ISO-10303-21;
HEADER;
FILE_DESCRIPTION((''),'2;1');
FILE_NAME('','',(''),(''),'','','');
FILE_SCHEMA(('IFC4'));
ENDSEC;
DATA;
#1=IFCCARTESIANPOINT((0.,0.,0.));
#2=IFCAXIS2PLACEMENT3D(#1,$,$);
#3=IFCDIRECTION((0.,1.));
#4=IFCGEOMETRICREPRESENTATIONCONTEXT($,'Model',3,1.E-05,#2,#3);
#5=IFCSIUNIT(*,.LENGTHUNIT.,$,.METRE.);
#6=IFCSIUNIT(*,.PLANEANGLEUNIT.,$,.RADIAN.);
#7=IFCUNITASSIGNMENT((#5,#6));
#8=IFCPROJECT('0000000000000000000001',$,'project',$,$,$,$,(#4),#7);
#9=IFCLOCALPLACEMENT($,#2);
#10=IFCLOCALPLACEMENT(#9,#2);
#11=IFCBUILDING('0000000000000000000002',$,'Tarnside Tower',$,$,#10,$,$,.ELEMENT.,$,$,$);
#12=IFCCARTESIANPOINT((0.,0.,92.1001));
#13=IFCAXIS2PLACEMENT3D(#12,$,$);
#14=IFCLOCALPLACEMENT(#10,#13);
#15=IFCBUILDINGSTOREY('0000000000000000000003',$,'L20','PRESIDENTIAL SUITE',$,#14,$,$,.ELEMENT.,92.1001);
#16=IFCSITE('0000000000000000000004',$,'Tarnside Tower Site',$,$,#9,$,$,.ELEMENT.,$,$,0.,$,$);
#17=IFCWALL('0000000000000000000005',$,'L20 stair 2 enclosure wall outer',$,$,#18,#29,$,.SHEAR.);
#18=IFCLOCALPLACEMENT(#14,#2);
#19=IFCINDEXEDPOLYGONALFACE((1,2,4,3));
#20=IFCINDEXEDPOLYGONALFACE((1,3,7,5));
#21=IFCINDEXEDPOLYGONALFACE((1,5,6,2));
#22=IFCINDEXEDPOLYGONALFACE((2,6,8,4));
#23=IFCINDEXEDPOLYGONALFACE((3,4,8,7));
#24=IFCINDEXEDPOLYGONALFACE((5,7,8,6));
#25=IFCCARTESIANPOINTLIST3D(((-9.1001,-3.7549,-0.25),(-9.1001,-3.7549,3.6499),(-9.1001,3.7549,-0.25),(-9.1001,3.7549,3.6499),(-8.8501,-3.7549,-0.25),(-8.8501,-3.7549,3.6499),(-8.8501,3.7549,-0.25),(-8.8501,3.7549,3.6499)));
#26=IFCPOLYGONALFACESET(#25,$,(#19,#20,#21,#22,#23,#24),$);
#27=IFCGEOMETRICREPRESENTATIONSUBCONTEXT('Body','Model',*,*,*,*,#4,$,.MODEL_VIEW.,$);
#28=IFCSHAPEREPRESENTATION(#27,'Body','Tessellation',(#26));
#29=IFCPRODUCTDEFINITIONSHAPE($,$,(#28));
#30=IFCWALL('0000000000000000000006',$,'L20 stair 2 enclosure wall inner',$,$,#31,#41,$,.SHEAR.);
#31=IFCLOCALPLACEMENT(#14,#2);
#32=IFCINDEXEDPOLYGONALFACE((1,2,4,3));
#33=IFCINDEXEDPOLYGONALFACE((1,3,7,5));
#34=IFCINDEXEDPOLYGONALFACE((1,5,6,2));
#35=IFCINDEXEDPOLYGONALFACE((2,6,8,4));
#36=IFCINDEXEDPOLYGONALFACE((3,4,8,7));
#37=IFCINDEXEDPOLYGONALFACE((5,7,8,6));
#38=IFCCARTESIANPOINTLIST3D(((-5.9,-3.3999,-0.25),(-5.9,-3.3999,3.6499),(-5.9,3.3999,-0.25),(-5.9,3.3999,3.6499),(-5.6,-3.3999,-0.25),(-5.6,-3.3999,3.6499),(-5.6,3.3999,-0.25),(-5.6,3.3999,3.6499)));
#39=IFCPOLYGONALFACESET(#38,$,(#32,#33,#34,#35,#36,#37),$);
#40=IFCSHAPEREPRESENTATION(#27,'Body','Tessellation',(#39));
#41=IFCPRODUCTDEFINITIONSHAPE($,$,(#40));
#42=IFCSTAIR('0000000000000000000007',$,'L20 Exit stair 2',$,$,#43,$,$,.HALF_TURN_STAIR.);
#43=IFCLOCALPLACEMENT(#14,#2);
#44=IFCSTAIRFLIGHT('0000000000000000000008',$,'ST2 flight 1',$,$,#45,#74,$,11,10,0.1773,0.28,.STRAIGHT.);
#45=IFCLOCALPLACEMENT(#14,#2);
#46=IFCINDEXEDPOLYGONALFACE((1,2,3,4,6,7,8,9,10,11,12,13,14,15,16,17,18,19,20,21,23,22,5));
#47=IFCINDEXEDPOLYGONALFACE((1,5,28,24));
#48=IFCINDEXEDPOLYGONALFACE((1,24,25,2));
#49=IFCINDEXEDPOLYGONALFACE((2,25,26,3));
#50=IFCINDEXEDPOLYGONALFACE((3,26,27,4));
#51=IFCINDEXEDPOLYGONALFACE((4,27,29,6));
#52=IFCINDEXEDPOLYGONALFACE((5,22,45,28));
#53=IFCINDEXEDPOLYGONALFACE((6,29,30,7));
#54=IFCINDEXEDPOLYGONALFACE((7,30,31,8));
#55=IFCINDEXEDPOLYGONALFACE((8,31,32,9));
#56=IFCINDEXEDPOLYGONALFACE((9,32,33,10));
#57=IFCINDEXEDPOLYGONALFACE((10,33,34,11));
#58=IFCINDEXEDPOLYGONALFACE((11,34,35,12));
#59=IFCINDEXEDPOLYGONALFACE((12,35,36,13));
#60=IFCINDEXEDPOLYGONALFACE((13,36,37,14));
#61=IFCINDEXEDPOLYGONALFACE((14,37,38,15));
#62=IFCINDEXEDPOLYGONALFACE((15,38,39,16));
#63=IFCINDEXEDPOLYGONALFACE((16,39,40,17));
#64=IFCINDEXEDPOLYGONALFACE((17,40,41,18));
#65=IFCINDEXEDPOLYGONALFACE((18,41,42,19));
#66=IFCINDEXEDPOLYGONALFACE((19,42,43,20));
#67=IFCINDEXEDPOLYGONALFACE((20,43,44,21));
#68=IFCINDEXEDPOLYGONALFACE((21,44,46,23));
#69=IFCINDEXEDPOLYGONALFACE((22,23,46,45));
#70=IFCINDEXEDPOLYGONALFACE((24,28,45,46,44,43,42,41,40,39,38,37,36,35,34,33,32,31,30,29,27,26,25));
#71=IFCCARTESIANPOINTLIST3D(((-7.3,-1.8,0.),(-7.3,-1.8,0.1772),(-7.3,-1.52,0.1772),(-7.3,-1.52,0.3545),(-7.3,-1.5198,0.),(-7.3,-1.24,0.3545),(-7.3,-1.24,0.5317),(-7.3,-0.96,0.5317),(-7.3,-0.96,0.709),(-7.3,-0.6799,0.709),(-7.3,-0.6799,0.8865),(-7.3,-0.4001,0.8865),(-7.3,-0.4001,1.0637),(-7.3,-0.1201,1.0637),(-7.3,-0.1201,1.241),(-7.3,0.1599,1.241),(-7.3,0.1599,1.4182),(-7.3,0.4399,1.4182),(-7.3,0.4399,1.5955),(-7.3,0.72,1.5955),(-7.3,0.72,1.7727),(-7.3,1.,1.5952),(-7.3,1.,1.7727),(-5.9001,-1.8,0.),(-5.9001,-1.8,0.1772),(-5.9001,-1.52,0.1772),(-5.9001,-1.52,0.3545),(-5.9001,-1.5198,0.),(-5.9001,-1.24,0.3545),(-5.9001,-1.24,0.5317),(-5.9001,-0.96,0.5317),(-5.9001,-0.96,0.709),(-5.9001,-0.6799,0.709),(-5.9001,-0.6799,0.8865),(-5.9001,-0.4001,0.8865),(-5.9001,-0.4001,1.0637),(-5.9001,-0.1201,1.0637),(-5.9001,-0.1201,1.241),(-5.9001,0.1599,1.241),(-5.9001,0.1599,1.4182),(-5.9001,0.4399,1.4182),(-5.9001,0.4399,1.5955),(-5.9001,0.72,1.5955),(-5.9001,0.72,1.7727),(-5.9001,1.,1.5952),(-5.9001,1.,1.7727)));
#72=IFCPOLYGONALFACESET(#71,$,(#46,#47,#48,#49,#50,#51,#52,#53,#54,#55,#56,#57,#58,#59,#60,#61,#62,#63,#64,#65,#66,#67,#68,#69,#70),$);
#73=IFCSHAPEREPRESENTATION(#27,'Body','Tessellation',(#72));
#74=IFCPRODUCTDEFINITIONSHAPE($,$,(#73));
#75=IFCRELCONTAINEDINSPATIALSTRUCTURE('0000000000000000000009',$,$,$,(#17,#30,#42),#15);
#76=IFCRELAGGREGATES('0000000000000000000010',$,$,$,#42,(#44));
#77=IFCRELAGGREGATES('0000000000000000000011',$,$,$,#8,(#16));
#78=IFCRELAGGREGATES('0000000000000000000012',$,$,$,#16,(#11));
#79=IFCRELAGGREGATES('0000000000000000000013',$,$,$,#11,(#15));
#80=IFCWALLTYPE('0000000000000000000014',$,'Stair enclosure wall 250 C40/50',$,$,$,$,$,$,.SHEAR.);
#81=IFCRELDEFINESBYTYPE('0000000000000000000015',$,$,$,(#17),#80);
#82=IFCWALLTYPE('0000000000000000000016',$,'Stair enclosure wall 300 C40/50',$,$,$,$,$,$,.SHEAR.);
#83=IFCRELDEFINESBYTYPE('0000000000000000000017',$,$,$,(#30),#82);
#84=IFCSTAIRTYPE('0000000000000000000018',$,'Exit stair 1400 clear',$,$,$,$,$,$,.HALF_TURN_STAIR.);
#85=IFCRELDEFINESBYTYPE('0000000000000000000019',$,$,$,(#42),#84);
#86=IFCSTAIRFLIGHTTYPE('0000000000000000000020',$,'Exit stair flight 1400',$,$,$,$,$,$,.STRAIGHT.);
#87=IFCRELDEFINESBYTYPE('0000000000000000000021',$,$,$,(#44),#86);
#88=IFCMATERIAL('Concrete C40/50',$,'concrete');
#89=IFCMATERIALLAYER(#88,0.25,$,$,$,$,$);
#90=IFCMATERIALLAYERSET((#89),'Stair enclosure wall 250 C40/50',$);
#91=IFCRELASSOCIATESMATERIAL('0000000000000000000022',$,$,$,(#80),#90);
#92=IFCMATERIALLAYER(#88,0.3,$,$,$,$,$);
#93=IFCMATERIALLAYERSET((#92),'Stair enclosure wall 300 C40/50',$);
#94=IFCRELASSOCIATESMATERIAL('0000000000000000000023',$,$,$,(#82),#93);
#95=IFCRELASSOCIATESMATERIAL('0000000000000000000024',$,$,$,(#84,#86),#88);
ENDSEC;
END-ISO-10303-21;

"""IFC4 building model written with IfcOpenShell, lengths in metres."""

from ifc_helpers import new_model, si_unit, direction, frame, frame_2d, origin, place, context, subcontext, project, spatial, polyline, rectangle, outline, extrude, material, layer, layer_set, type_object, element, aggregate, save


model = new_model("IFC4")

# Units and contexts
model_context = context("Model", 3, precision=1e-05, world=origin(), true_north=direction((0.0, 1.0)))
body_context = subcontext(model_context, "Body", "Model", "MODEL_VIEW")
ifc_project = project(units=[si_unit("LENGTHUNIT", "METRE"), si_unit("PLANEANGLEUNIT", "RADIAN")], contexts=[model_context])

# Site, building, storey
site_placement = place(None, origin())
site = spatial("IfcSite", under=ifc_project, at=site_placement, Name="Tarnside Tower Site", CompositionType="ELEMENT", RefElevation=0.0)
building_placement = place(site_placement, origin())
building = spatial("IfcBuilding", under=site, at=building_placement, Name="Tarnside Tower", CompositionType="ELEMENT")
storey_placement = place(building_placement, frame((0.0, 0.0, 92.1001)))
storey = spatial("IfcBuildingStorey", under=building, at=storey_placement, Name="L20", Description="PRESIDENTIAL SUITE", CompositionType="ELEMENT", Elevation=92.1001)

# Shared definitions
ifc_material_1 = material(Name="Concrete C40/50", Category="concrete")

# Walls
ifc_layer_1 = layer(ifc_material_1, 0.25)
ifc_layer_set_1 = layer_set([ifc_layer_1], Name="Stair enclosure wall 250 C40/50")
wall_type_1 = type_object("IfcWallType", Name="Stair enclosure wall 250 C40/50", PredefinedType="SHEAR", material=ifc_layer_set_1)
wall_1_placement = place(storey_placement, frame((-8.9751, -3.7549, -0.25), z_axis=(0.0, 0.0, 1.0), x_axis=(0.0, 1.0, 0.0)))
element("IfcWall", 1, at=wall_1_placement, inside=storey, type_object=wall_type_1, Name="L20 stair 2 enclosure wall outer", PredefinedType="SHEAR", context=body_context, shape_type="SweptSolid", body=[
    extrude(rectangle(XDim=7.5098, YDim=0.25, at=frame_2d((3.7549, 0.0))), origin(), (0.0, 0.0, 1.0), 3.8999),
])
ifc_layer_2 = layer(ifc_material_1, 0.3)
ifc_layer_set_2 = layer_set([ifc_layer_2], Name="Stair enclosure wall 300 C40/50")
wall_type_2 = type_object("IfcWallType", Name="Stair enclosure wall 300 C40/50", PredefinedType="SHEAR", material=ifc_layer_set_2)
wall_2_placement = place(storey_placement, frame((-5.75, -3.3999, -0.25), z_axis=(0.0, 0.0, 1.0), x_axis=(0.0, 1.0, 0.0)))
element("IfcWall", 2, at=wall_2_placement, inside=storey, type_object=wall_type_2, Name="L20 stair 2 enclosure wall inner", PredefinedType="SHEAR", context=body_context, shape_type="SweptSolid", body=[
    extrude(rectangle(XDim=6.7998, YDim=0.3, at=frame_2d((3.3999, 0.0))), origin(), (0.0, 0.0, 1.0), 3.8999),
])

# Stair, stair flight
stair_type = type_object("IfcStairType", Name="Exit stair 1400 clear", PredefinedType="HALF_TURN_STAIR", material=ifc_material_1)
stair_placement = place(storey_placement, origin())
stair = element("IfcStair", 3, at=stair_placement, inside=storey, type_object=stair_type, Name="L20 Exit stair 2", PredefinedType="HALF_TURN_STAIR")
stair_flight_type = type_object("IfcStairFlightType", Name="Exit stair flight 1400", PredefinedType="STRAIGHT", material=ifc_material_1)
stair_flight_placement = place(storey_placement, frame((-6.6001, -1.8, 0.0), z_axis=(0.0, 0.0, 1.0), x_axis=(0.0, 1.0, 0.0)))
stair_flight = element("IfcStairFlight", 4, at=stair_flight_placement, type_object=stair_flight_type, Name="ST2 flight 1", NumberOfRisers=11, NumberOfTreads=10, PredefinedType="STRAIGHT", RiserHeight=0.1773, TreadLength=0.28, context=body_context, shape_type="SweptSolid", body=[
    extrude(outline(polyline([(0.0, 0.0), (0.0, 0.1772), (0.28, 0.1772), (0.28, 0.3545), (0.5601, 0.3545), (0.5601, 0.5317), (0.8401, 0.5317), (0.8401, 0.709), (1.1201, 0.709), (1.1201, 0.8865), (1.3999, 0.8865), (1.3999, 1.0637), (1.6799, 1.0637), (1.6799, 1.241), (1.96, 1.241), (1.96, 1.4182), (2.24, 1.4182), (2.24, 1.5955), (2.52, 1.5955), (2.52, 1.7727), (2.8, 1.7727), (2.8, 1.95), (2.8, 1.5952), (0.2803, 0.0), (0.0, 0.0)])), frame((0.0, 0.7, 0.0), z_axis=(0.0, -1.0, 0.0), x_axis=(1.0, 0.0, 0.0)), (0.0, 0.0, 1.0), 1.3999),
])
aggregate(stair, [stair_flight])

save(model, "model.ifc")
